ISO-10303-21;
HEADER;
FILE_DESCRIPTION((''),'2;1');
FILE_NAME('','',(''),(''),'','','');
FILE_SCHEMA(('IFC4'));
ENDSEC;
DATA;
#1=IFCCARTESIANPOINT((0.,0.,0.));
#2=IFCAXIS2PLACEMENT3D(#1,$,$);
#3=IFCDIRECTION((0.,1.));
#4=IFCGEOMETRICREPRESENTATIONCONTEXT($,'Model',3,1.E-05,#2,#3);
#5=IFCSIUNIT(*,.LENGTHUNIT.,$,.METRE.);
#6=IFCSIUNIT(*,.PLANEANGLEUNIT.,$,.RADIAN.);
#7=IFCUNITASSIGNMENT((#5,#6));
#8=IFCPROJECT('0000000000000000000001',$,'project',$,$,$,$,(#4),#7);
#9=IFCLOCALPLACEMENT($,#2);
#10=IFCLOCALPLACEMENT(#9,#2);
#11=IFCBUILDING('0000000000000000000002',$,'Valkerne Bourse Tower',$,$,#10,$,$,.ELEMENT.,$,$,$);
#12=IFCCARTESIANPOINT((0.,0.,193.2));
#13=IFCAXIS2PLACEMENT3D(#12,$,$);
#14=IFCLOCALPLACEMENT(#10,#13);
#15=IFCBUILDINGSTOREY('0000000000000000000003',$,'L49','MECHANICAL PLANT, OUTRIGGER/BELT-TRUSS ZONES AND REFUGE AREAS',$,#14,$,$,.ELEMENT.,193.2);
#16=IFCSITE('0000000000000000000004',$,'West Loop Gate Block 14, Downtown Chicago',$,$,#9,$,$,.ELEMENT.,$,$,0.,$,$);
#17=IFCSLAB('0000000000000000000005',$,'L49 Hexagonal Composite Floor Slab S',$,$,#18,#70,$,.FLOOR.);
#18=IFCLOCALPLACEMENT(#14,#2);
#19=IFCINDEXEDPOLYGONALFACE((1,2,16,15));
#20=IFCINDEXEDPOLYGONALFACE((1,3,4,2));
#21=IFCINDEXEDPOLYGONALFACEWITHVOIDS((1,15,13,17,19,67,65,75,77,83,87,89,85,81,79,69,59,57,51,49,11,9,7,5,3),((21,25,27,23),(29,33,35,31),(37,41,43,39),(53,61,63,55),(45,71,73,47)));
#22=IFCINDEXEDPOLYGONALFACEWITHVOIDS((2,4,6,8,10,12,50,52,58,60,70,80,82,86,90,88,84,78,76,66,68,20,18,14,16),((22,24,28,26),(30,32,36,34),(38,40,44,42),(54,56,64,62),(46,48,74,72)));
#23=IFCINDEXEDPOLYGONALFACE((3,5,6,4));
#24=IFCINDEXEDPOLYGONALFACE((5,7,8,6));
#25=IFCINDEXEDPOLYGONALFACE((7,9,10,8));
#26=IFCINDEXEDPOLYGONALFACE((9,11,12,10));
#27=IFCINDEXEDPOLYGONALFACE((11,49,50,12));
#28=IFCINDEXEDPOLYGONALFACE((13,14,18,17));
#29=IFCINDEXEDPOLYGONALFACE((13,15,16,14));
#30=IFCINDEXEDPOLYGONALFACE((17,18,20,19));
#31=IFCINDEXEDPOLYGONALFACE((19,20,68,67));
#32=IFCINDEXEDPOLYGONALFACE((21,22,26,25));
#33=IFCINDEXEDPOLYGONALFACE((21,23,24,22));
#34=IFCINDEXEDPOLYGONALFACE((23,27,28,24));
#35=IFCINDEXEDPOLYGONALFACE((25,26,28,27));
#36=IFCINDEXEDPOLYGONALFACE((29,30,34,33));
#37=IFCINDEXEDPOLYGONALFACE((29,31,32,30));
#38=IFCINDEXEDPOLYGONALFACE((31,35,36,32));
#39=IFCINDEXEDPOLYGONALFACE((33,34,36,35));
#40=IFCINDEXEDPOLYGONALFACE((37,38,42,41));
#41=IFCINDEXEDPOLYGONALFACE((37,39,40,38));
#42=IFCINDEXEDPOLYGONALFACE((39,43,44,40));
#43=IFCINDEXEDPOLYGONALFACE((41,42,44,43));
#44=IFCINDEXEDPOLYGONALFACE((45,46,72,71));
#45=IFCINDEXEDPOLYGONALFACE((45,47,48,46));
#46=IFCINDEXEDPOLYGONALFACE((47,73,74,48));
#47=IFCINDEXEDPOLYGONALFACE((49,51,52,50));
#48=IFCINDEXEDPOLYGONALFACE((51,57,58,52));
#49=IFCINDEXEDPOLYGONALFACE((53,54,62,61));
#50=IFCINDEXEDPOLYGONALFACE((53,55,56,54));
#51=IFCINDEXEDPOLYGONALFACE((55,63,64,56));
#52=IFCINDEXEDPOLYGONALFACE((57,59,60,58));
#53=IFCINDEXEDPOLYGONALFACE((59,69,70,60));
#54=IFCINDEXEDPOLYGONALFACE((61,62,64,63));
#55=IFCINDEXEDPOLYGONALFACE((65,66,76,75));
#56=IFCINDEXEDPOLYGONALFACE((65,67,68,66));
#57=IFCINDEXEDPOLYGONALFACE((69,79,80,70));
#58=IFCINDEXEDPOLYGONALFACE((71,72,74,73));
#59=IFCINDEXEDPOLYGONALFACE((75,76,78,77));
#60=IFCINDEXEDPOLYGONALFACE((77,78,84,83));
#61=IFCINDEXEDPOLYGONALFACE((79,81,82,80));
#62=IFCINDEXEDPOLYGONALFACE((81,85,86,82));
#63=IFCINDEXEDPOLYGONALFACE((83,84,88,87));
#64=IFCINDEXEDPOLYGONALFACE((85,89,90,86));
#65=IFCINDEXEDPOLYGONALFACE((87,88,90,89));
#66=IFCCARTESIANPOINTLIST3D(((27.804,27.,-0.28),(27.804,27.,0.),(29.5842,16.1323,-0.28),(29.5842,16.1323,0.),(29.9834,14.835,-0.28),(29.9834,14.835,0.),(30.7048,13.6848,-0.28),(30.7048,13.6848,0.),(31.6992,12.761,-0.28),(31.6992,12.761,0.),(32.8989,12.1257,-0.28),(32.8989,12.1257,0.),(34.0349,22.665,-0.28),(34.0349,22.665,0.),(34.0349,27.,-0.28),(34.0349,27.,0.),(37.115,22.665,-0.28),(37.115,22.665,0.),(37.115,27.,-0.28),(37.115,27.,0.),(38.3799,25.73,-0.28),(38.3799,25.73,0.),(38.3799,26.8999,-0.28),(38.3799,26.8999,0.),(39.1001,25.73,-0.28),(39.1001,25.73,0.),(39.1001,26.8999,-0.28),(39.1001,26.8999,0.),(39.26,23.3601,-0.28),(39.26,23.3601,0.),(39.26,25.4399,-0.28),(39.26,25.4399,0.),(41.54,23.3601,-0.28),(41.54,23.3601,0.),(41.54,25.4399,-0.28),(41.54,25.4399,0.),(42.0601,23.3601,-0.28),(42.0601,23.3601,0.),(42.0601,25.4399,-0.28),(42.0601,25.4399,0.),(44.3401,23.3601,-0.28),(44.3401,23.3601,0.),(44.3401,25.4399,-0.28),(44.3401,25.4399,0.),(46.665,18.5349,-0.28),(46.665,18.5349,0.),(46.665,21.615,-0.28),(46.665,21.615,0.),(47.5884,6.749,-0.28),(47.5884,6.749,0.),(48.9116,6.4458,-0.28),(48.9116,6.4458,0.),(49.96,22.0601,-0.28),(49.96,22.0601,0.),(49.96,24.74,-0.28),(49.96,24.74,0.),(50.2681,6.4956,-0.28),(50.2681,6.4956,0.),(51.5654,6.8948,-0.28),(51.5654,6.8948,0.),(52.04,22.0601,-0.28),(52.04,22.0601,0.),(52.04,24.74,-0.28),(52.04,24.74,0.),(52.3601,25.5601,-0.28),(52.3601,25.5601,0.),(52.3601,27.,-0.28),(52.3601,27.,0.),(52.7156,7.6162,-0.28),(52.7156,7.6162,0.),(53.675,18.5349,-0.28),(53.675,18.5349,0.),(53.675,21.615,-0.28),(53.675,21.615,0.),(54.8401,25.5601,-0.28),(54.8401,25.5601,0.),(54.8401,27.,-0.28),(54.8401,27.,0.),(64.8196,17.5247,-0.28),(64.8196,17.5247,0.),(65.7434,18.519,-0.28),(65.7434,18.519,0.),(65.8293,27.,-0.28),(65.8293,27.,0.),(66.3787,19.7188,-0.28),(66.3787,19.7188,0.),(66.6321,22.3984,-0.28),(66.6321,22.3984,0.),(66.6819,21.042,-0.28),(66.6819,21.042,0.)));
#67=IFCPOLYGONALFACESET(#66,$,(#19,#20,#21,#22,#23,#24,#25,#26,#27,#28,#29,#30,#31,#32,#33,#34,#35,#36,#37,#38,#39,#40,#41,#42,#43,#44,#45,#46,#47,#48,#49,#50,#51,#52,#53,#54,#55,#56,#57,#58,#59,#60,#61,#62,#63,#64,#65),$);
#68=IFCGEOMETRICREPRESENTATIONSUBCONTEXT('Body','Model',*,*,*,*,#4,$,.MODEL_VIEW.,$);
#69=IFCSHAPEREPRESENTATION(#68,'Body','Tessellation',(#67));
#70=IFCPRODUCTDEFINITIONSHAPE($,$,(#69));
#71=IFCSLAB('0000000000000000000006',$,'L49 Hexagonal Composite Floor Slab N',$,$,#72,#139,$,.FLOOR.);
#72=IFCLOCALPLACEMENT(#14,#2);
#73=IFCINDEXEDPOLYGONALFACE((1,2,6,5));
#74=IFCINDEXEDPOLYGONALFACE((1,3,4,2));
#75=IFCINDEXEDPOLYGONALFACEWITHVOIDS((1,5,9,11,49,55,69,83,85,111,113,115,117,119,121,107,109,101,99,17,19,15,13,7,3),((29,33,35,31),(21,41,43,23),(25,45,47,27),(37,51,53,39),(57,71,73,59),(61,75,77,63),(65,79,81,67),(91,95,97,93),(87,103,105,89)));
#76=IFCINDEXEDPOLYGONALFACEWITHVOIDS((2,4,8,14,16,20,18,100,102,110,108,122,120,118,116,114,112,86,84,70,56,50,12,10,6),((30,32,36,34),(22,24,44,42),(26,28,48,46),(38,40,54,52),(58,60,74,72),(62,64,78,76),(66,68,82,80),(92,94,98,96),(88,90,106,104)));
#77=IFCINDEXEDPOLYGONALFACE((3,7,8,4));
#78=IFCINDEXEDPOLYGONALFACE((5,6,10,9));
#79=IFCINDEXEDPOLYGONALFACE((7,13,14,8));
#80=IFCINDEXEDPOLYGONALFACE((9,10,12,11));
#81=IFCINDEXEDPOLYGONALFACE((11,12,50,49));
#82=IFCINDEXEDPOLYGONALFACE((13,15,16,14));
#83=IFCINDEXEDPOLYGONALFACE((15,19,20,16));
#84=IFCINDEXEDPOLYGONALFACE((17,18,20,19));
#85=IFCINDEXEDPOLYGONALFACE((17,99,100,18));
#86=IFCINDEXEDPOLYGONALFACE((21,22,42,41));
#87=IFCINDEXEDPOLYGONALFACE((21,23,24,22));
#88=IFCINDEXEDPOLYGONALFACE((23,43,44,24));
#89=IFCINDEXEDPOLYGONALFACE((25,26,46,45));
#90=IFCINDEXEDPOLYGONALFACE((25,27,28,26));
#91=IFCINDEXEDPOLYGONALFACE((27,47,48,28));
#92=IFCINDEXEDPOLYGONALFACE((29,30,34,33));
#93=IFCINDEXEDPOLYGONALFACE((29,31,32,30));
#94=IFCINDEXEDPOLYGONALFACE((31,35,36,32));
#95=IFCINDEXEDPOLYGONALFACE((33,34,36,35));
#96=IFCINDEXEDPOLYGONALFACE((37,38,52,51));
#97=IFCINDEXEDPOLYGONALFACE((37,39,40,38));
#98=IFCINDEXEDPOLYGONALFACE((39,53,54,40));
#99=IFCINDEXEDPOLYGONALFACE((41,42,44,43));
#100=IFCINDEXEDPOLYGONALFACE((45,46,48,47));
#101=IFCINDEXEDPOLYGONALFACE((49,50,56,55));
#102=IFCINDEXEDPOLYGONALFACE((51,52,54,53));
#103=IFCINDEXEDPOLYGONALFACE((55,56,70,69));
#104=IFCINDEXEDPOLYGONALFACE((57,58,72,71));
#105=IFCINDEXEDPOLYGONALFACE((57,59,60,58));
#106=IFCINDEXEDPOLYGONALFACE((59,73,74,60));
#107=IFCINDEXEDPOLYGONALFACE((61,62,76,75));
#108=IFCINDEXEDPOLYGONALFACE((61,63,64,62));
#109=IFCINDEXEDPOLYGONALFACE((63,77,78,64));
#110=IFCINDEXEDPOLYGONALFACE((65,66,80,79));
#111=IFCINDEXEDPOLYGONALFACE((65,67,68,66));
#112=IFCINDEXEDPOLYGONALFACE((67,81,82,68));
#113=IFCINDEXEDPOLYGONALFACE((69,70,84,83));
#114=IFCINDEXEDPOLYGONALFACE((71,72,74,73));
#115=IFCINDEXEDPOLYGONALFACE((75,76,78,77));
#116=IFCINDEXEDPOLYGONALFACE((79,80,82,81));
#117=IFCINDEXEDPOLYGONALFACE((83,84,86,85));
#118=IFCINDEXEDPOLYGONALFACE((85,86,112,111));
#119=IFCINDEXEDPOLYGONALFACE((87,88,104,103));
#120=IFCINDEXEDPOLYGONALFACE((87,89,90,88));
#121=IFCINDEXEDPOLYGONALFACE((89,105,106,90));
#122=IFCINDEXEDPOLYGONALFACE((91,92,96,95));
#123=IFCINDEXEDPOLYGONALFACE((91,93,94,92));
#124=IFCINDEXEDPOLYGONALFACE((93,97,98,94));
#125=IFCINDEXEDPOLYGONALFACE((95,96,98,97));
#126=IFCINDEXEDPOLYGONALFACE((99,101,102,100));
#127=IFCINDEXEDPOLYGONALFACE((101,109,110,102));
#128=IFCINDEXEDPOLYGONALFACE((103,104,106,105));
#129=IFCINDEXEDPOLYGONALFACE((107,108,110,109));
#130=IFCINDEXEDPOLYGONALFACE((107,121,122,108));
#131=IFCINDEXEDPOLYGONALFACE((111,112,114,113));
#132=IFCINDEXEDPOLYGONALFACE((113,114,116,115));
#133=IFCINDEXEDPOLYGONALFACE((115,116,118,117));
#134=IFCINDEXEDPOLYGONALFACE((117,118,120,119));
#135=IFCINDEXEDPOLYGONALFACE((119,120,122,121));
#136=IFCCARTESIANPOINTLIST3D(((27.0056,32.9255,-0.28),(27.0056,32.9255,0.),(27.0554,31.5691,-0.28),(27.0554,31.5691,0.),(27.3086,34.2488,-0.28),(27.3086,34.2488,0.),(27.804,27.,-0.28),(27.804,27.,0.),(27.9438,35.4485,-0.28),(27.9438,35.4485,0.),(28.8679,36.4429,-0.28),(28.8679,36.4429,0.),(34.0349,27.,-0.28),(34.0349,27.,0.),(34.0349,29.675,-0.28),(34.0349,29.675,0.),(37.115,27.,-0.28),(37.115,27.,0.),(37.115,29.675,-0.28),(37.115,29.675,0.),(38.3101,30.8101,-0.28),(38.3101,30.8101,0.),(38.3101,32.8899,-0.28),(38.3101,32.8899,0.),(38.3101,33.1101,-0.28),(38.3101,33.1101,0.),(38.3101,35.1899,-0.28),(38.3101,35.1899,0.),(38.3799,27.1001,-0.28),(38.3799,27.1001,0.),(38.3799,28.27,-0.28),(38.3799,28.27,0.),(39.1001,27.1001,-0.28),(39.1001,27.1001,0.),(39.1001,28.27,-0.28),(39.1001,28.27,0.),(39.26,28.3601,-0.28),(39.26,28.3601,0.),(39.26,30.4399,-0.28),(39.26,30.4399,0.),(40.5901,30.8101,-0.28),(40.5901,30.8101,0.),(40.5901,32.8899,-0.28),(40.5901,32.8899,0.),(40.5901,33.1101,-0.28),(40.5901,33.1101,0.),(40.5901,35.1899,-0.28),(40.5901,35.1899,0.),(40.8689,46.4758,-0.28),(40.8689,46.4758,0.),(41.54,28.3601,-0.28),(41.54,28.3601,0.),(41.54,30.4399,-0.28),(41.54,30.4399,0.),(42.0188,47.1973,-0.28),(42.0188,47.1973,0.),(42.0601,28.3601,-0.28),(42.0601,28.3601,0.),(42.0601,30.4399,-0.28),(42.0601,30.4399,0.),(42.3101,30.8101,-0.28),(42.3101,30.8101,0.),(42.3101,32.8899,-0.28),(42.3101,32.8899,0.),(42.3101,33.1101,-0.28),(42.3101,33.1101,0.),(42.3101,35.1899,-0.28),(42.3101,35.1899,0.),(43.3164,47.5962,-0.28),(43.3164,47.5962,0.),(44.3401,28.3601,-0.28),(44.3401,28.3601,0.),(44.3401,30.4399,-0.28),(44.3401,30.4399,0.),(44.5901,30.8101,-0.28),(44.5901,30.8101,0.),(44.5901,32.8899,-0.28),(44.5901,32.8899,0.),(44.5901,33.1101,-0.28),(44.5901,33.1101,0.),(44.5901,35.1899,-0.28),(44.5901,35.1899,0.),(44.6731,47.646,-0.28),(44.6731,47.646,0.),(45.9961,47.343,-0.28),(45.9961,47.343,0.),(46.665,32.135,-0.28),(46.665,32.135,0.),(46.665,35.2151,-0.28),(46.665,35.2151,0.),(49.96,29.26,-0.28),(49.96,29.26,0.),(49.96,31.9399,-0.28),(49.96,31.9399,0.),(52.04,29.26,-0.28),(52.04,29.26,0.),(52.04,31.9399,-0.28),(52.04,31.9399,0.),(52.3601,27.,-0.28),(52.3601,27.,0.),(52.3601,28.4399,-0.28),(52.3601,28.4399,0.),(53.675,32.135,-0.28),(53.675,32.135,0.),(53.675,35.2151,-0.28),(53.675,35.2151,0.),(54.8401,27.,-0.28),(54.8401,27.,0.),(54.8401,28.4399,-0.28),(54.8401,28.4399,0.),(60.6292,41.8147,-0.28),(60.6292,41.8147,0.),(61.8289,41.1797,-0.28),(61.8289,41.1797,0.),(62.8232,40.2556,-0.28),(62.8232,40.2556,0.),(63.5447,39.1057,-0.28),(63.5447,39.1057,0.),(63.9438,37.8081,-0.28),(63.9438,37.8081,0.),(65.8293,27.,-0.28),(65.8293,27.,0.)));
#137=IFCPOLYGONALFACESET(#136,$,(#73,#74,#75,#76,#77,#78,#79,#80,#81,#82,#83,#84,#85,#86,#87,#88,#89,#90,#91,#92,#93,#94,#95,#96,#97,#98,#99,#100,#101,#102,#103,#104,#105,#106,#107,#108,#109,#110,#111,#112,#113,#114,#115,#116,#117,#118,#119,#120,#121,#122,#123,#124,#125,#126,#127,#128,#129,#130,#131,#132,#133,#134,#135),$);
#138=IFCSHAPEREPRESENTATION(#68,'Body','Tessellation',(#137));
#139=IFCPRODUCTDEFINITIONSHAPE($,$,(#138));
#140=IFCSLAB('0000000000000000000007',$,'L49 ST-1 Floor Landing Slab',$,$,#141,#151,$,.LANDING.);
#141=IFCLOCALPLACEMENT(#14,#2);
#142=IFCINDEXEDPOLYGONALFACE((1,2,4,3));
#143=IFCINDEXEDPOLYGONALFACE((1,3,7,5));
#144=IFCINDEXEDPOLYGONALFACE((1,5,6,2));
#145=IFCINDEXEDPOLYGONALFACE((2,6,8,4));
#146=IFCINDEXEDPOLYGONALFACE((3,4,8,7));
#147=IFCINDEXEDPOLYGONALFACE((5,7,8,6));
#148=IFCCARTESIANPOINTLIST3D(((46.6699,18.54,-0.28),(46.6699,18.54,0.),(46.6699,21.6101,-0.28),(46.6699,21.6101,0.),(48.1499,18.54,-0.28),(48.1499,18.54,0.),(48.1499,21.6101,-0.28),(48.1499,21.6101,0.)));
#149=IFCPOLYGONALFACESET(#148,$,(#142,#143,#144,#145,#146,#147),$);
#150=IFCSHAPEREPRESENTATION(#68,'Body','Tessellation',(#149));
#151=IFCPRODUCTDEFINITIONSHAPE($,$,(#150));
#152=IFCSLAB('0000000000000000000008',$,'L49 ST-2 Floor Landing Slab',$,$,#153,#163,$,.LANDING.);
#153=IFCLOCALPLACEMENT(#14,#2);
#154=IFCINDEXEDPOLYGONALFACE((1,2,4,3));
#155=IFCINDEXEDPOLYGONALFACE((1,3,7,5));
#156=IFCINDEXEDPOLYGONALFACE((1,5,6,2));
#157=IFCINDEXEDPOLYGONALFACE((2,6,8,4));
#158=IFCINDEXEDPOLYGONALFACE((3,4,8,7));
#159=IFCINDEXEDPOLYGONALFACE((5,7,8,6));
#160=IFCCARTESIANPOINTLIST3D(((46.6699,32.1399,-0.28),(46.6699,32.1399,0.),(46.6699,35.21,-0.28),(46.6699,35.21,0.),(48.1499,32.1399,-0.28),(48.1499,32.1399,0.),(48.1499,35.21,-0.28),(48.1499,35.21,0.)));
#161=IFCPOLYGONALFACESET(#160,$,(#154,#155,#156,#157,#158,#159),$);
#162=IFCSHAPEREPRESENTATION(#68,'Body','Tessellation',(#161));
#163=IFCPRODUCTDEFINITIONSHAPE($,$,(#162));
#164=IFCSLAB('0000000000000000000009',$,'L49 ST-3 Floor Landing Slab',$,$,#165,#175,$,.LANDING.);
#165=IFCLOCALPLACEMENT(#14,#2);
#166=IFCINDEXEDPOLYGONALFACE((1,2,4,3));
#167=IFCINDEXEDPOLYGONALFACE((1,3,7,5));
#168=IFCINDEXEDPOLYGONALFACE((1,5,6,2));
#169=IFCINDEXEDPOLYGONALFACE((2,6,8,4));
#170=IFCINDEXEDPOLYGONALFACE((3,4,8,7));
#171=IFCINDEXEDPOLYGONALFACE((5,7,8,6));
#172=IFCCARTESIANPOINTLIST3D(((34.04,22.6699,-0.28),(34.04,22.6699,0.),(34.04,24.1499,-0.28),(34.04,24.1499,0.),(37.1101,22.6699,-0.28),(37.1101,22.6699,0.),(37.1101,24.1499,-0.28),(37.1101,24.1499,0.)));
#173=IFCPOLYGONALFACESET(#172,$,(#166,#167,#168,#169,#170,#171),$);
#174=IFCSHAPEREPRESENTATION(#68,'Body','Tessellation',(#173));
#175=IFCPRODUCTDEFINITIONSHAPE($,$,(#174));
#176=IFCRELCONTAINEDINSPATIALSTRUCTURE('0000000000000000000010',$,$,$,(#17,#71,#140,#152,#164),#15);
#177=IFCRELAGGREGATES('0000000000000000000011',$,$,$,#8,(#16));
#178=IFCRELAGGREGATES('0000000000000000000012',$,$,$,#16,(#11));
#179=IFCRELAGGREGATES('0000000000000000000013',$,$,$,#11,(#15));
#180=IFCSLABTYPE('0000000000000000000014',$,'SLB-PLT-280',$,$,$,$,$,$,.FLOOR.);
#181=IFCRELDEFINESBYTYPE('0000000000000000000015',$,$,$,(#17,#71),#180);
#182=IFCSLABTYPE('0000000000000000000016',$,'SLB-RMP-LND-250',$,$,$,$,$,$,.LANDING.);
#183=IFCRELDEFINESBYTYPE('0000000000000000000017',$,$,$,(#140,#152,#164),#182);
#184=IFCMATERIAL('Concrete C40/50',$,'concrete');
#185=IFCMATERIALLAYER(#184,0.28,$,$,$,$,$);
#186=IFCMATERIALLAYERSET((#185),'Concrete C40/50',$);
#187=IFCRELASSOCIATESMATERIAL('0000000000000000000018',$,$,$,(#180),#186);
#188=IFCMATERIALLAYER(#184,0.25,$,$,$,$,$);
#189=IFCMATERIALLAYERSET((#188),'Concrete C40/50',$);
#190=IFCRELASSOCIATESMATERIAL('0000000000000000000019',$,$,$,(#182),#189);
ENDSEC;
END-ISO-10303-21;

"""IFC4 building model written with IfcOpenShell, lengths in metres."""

from ifc_helpers import new_model, si_unit, direction, frame, origin, place, context, subcontext, project, spatial, polyline, outline, extrude, material, layer, layer_set, type_object, element, save


model = new_model("IFC4")

# Units and contexts
model_context = context("Model", 3, precision=1e-05, world=origin(), true_north=direction((0.0, 1.0)))
body_context = subcontext(model_context, "Body", "Model", "MODEL_VIEW")
ifc_project = project(units=[si_unit("LENGTHUNIT", "METRE"), si_unit("PLANEANGLEUNIT", "RADIAN")], contexts=[model_context])

# Site, building, storey
site_placement = place(None, origin())
site = spatial("IfcSite", under=ifc_project, at=site_placement, Name="West Loop Gate Block 14, Downtown Chicago", CompositionType="ELEMENT", RefElevation=0.0)
building_placement = place(site_placement, origin())
building = spatial("IfcBuilding", under=site, at=building_placement, Name="Valkerne Bourse Tower", CompositionType="ELEMENT")
storey_placement = place(building_placement, frame((0.0, 0.0, 193.2)))
storey = spatial("IfcBuildingStorey", under=building, at=storey_placement, Name="L49", Description="MECHANICAL PLANT, OUTRIGGER/BELT-TRUSS ZONES AND REFUGE AREAS", CompositionType="ELEMENT", Elevation=193.2)

# Slabs
ifc_material_1 = material(Name="Concrete C40/50", Category="concrete")
ifc_layer_1 = layer(ifc_material_1, 0.28)
ifc_layer_set_1 = layer_set([ifc_layer_1], Name="Concrete C40/50")
slab_type_1 = type_object("IfcSlabType", Name="SLB-PLT-280", PredefinedType="FLOOR", material=ifc_layer_set_1)
slab_1_placement = place(storey_placement, frame((0.0, 0.0, -0.28)))
element("IfcSlab", 1, at=slab_1_placement, inside=storey, type_object=slab_type_1, Name="L49 Hexagonal Composite Floor Slab S", PredefinedType="FLOOR", context=body_context, shape_type="SweptSolid", body=[
    extrude(outline(polyline([(66.6819, 21.042), (66.3787, 19.7188), (65.7434, 18.519), (64.8196, 17.5247), (52.7156, 7.6162), (51.5654, 6.8948), (50.2681, 6.4956), (48.9116, 6.4458), (47.5884, 6.749), (32.8989, 12.1257), (31.6992, 12.761), (30.7048, 13.6848), (29.9834, 14.835), (29.5842, 16.1323), (27.804, 27.0), (34.0349, 27.0), (34.0349, 22.665), (37.115, 22.665), (37.115, 27.0), (52.3601, 27.0), (52.3601, 25.5601), (54.8401, 25.5601), (54.8401, 27.0), (65.8293, 27.0), (66.6321, 22.3984), (66.6819, 21.042)]), holes=[polyline([(41.54, 25.4399), (39.26, 25.4399), (39.26, 23.3601), (41.54, 23.3601), (41.54, 25.4399)]), polyline([(44.3401, 25.4399), (42.0601, 25.4399), (42.0601, 23.3601), (44.3401, 23.3601), (44.3401, 25.4399)]), polyline([(39.1001, 26.8999), (38.3799, 26.8999), (38.3799, 25.73), (39.1001, 25.73), (39.1001, 26.8999)]), polyline([(53.675, 21.615), (46.665, 21.615), (46.665, 18.5349), (53.675, 18.5349), (53.675, 21.615)]), polyline([(52.04, 24.74), (49.96, 24.74), (49.96, 22.0601), (52.04, 22.0601), (52.04, 24.74)])]), origin(), (0.0, 0.0, 1.0), 0.28),
])
slab_2_placement = place(storey_placement, frame((0.0, 0.0, -0.28)))
element("IfcSlab", 2, at=slab_2_placement, inside=storey, type_object=slab_type_1, Name="L49 Hexagonal Composite Floor Slab N", PredefinedType="FLOOR", context=body_context, shape_type="SweptSolid", body=[
    extrude(outline(polyline([(27.0554, 31.5691), (27.0056, 32.9255), (27.3086, 34.2488), (27.9438, 35.4485), (28.8679, 36.4429), (40.8689, 46.4758), (42.0188, 47.1973), (43.3164, 47.5962), (44.6731, 47.646), (45.9961, 47.343), (60.6292, 41.8147), (61.8289, 41.1797), (62.8232, 40.2556), (63.5447, 39.1057), (63.9438, 37.8081), (65.8293, 27.0), (54.8401, 27.0), (54.8401, 28.4399), (52.3601, 28.4399), (52.3601, 27.0), (37.115, 27.0), (37.115, 29.675), (34.0349, 29.675), (34.0349, 27.0), (27.804, 27.0), (27.0554, 31.5691)]), holes=[polyline([(39.1001, 28.27), (38.3799, 28.27), (38.3799, 27.1001), (39.1001, 27.1001), (39.1001, 28.27)]), polyline([(41.54, 30.4399), (39.26, 30.4399), (39.26, 28.3601), (41.54, 28.3601), (41.54, 30.4399)]), polyline([(40.5901, 32.8899), (38.3101, 32.8899), (38.3101, 30.8101), (40.5901, 30.8101), (40.5901, 32.8899)]), polyline([(40.5901, 35.1899), (38.3101, 35.1899), (38.3101, 33.1101), (40.5901, 33.1101), (40.5901, 35.1899)]), polyline([(44.3401, 30.4399), (42.0601, 30.4399), (42.0601, 28.3601), (44.3401, 28.3601), (44.3401, 30.4399)]), polyline([(52.04, 31.9399), (49.96, 31.9399), (49.96, 29.26), (52.04, 29.26), (52.04, 31.9399)]), polyline([(44.5901, 32.8899), (42.3101, 32.8899), (42.3101, 30.8101), (44.5901, 30.8101), (44.5901, 32.8899)]), polyline([(53.675, 35.2151), (46.665, 35.2151), (46.665, 32.135), (53.675, 32.135), (53.675, 35.2151)]), polyline([(44.5901, 35.1899), (42.3101, 35.1899), (42.3101, 33.1101), (44.5901, 33.1101), (44.5901, 35.1899)])]), origin(), (0.0, 0.0, 1.0), 0.28),
])
ifc_layer_2 = layer(ifc_material_1, 0.25)
ifc_layer_set_2 = layer_set([ifc_layer_2], Name="Concrete C40/50")
slab_type_2 = type_object("IfcSlabType", Name="SLB-RMP-LND-250", PredefinedType="LANDING", material=ifc_layer_set_2)
slab_3_placement = place(storey_placement, frame((0.0, 0.0, -0.28)))
element("IfcSlab", 3, at=slab_3_placement, inside=storey, type_object=slab_type_2, Name="L49 ST-1 Floor Landing Slab", PredefinedType="LANDING", context=body_context, shape_type="SweptSolid", body=[
    extrude(outline(polyline([(46.6699, 18.54), (48.1499, 18.54), (48.1499, 21.6101), (46.6699, 21.6101), (46.6699, 18.54)])), origin(), (0.0, 0.0, 1.0), 0.28),
])
slab_4_placement = place(storey_placement, frame((0.0, 0.0, -0.28)))
element("IfcSlab", 4, at=slab_4_placement, inside=storey, type_object=slab_type_2, Name="L49 ST-2 Floor Landing Slab", PredefinedType="LANDING", context=body_context, shape_type="SweptSolid", body=[
    extrude(outline(polyline([(46.6699, 32.1399), (48.1499, 32.1399), (48.1499, 35.21), (46.6699, 35.21), (46.6699, 32.1399)])), origin(), (0.0, 0.0, 1.0), 0.28),
])
slab_5_placement = place(storey_placement, frame((0.0, 0.0, -0.28)))
element("IfcSlab", 5, at=slab_5_placement, inside=storey, type_object=slab_type_2, Name="L49 ST-3 Floor Landing Slab", PredefinedType="LANDING", context=body_context, shape_type="SweptSolid", body=[
    extrude(outline(polyline([(37.1101, 22.6699), (37.1101, 24.1499), (34.04, 24.1499), (34.04, 22.6699), (37.1101, 22.6699)])), origin(), (0.0, 0.0, 1.0), 0.28),
])

save(model, "model.ifc")
